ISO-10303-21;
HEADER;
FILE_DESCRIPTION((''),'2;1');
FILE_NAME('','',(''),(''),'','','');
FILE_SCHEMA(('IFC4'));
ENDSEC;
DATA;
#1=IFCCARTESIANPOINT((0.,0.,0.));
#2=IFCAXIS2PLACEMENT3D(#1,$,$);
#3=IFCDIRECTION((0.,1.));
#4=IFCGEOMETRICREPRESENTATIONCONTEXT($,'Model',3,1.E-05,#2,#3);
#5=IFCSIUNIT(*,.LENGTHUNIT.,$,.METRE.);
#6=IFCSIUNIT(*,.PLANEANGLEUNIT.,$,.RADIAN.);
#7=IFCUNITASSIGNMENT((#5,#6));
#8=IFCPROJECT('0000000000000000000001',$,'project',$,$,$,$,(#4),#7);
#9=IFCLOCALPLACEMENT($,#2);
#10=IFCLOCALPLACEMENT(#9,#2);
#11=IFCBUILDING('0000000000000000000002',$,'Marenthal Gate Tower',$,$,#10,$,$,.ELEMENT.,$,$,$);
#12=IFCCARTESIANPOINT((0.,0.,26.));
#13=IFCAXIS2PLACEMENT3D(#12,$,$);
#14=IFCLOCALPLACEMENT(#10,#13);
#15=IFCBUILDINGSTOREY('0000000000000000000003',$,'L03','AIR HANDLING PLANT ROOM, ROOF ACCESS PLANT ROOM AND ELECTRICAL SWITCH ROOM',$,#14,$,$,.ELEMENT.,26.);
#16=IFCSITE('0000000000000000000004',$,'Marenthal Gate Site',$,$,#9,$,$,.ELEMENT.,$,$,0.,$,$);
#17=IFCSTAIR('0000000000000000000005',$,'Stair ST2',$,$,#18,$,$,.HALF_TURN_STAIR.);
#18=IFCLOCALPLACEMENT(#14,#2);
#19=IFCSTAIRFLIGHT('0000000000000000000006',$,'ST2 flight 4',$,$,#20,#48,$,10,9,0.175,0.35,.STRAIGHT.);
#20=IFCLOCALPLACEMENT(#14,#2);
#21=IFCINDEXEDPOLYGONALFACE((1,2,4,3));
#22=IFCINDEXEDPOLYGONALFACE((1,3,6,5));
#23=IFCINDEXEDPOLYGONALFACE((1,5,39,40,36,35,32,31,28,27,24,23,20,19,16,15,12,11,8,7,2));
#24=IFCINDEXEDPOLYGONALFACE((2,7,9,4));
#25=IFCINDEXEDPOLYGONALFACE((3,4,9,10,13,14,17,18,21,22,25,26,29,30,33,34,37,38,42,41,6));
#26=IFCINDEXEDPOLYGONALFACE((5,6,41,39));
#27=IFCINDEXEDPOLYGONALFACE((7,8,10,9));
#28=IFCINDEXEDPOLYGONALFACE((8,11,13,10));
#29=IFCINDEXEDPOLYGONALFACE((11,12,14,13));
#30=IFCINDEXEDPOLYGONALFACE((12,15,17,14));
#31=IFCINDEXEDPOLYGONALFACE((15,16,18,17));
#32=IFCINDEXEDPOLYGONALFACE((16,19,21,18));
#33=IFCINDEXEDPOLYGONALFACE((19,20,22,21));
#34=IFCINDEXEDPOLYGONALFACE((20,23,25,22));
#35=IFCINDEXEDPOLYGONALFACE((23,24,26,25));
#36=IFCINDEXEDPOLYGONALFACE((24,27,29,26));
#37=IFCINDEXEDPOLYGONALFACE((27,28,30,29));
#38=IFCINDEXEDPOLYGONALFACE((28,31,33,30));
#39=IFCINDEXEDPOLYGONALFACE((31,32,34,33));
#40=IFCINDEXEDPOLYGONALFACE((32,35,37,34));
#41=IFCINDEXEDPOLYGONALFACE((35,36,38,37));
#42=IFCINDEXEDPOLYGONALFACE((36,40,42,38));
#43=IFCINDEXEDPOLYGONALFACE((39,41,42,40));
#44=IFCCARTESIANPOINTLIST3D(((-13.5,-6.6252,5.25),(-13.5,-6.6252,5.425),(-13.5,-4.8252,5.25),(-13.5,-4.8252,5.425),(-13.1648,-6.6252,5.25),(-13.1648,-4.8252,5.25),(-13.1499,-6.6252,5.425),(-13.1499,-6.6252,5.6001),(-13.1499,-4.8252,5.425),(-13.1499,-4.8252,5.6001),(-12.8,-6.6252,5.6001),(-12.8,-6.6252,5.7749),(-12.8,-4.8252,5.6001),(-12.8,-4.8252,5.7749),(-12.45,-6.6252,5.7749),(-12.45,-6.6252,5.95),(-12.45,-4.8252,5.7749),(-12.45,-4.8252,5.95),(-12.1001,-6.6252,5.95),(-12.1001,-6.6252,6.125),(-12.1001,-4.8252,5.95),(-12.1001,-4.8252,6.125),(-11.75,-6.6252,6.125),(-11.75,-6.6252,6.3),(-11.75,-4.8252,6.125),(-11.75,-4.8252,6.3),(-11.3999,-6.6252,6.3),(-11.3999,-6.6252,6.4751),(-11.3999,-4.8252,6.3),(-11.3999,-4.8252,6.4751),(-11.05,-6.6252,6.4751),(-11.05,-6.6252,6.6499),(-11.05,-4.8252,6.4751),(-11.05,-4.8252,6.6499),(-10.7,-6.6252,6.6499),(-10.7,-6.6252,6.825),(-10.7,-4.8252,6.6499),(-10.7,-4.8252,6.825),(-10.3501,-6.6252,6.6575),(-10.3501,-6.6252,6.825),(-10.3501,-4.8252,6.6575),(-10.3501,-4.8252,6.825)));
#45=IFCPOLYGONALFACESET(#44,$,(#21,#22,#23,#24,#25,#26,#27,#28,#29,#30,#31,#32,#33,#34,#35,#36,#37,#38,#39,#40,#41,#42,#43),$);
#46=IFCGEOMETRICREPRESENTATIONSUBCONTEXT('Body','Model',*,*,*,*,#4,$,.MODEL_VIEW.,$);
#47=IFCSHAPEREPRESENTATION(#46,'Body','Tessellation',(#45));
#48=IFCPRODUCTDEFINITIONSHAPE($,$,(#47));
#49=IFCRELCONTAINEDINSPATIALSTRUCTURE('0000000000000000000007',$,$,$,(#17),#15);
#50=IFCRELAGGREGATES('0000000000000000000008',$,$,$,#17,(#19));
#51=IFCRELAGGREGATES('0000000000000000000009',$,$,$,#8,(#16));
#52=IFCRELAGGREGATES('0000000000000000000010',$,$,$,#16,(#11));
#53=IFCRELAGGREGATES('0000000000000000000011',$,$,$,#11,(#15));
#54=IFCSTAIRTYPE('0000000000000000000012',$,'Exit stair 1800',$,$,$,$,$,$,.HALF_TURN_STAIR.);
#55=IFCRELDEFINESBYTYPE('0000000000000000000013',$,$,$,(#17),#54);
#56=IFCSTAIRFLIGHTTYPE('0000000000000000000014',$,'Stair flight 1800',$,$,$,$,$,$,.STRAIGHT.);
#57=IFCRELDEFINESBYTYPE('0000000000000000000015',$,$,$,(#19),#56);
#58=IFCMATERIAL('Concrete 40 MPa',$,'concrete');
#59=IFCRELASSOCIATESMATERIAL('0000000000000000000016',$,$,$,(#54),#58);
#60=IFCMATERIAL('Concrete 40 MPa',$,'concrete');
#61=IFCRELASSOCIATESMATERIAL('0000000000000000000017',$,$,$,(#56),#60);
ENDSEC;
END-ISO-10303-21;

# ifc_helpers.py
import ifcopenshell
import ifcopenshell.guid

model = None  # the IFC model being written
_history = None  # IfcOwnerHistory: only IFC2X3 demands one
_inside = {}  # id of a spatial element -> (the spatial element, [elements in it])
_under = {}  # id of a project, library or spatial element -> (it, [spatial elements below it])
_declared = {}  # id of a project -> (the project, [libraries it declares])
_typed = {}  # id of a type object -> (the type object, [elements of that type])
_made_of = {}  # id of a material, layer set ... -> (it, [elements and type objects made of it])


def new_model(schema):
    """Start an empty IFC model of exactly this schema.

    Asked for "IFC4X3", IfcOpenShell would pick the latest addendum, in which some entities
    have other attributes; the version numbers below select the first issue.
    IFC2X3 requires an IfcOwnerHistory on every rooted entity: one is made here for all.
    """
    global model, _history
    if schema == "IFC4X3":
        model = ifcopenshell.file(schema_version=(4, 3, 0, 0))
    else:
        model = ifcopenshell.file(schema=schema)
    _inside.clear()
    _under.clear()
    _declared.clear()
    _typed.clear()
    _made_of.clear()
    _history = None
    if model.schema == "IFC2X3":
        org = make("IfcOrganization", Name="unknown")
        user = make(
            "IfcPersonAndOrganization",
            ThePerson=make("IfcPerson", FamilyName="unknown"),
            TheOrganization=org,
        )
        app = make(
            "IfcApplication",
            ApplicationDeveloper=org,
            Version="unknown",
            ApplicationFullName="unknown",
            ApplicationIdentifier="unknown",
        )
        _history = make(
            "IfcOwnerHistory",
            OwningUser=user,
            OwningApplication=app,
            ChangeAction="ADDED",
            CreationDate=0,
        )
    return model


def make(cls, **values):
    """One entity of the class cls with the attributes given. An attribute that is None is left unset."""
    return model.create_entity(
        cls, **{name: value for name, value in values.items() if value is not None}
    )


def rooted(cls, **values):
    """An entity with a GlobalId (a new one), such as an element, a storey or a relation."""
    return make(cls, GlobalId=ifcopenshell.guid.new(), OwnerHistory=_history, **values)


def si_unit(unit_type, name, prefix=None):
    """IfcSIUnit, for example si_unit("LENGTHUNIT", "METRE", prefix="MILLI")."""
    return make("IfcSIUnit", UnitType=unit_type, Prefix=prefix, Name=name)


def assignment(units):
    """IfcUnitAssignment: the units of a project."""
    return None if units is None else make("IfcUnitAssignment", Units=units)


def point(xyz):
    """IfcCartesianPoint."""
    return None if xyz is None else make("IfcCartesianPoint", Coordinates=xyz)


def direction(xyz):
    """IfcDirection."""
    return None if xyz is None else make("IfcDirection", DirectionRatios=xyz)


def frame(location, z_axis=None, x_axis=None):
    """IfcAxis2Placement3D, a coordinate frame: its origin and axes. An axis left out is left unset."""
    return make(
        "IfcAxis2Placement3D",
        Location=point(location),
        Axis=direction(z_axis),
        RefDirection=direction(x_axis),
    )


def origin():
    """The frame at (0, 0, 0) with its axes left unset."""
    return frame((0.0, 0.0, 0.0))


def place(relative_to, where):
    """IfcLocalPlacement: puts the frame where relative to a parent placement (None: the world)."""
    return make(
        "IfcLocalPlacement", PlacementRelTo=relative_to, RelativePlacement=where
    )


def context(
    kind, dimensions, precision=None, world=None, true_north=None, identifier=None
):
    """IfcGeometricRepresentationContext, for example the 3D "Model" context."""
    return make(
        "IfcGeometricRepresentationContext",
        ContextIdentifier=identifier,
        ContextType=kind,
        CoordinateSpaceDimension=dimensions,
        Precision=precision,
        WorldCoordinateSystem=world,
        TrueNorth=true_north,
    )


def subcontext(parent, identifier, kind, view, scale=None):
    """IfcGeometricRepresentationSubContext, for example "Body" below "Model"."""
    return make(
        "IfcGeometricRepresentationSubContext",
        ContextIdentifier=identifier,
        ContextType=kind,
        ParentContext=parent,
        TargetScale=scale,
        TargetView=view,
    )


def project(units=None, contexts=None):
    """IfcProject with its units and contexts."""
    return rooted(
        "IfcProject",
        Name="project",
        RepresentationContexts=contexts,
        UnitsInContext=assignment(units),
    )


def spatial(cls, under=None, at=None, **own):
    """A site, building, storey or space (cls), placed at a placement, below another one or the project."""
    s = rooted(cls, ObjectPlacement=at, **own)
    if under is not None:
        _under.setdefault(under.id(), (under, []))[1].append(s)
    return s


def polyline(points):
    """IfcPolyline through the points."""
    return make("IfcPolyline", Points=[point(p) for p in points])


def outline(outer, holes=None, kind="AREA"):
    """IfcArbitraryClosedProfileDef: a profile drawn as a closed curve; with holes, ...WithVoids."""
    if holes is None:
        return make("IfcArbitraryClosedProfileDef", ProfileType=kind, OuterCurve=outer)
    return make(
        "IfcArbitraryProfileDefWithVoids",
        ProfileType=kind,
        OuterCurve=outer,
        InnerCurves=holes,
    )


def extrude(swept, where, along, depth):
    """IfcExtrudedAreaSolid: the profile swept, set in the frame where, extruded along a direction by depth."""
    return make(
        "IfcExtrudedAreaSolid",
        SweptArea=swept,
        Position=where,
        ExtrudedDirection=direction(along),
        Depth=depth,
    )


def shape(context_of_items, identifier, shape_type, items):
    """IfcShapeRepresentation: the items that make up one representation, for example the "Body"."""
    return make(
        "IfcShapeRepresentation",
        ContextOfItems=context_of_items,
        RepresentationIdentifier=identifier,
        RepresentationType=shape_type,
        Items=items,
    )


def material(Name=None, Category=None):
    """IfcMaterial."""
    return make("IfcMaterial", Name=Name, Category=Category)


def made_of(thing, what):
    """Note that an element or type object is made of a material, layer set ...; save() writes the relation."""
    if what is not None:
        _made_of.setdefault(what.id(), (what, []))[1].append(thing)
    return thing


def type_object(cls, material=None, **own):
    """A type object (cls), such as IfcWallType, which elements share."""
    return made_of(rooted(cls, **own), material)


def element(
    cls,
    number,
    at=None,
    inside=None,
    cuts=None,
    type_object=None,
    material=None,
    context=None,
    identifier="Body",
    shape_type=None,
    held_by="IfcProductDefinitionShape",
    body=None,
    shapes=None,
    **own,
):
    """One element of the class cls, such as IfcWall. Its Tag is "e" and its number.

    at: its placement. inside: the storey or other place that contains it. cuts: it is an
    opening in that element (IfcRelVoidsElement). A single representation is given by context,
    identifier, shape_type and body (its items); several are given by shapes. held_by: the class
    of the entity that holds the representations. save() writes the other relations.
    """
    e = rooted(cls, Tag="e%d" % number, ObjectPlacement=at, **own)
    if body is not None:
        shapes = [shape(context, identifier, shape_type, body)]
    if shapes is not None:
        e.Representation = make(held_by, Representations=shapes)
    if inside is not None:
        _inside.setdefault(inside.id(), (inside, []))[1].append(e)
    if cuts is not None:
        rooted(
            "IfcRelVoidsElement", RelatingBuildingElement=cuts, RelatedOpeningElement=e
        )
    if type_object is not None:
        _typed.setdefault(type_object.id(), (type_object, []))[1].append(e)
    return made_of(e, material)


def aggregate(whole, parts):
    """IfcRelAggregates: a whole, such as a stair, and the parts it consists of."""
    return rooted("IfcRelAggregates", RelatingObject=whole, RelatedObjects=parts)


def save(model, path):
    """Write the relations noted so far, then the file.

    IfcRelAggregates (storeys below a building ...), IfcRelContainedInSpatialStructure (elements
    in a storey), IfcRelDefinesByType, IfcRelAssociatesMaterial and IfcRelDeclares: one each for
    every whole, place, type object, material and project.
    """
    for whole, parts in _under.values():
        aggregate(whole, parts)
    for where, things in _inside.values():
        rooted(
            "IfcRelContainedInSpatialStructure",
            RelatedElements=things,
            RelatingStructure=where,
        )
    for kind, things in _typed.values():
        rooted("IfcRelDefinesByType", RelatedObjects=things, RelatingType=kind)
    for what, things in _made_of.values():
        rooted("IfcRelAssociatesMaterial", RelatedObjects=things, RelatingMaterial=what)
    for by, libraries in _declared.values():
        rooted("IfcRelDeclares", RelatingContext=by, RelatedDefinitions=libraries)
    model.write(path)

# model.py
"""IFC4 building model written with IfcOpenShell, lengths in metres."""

from ifc_helpers import new_model, si_unit, direction, frame, origin, place, context, subcontext, project, spatial, polyline, outline, extrude, material, type_object, element, aggregate, save


model = new_model("IFC4")

# Units and contexts
model_context = context("Model", 3, precision=1e-05, world=origin(), true_north=direction((0.0, 1.0)))
body_context = subcontext(model_context, "Body", "Model", "MODEL_VIEW")
ifc_project = project(units=[si_unit("LENGTHUNIT", "METRE"), si_unit("PLANEANGLEUNIT", "RADIAN")], contexts=[model_context])

# Site, building, storey
site_placement = place(None, origin())
site = spatial("IfcSite", under=ifc_project, at=site_placement, Name="Marenthal Gate Site", CompositionType="ELEMENT", RefElevation=0.0)
building_placement = place(site_placement, origin())
building = spatial("IfcBuilding", under=site, at=building_placement, Name="Marenthal Gate Tower", CompositionType="ELEMENT")
storey_placement = place(building_placement, frame((0.0, 0.0, 26.0)))
storey = spatial("IfcBuildingStorey", under=building, at=storey_placement, Name="L03", Description="AIR HANDLING PLANT ROOM, ROOF ACCESS PLANT ROOM AND ELECTRICAL SWITCH ROOM", CompositionType="ELEMENT", Elevation=26.0)

# Stair, stair flight
ifc_material_1 = material(Name="Concrete 40 MPa", Category="concrete")
stair_type = type_object("IfcStairType", Name="Exit stair 1800", PredefinedType="HALF_TURN_STAIR", material=ifc_material_1)
stair_placement = place(storey_placement, origin())
stair = element("IfcStair", 1, at=stair_placement, inside=storey, type_object=stair_type, Name="Stair ST2", PredefinedType="HALF_TURN_STAIR")
ifc_material_2 = material(Name="Concrete 40 MPa", Category="concrete")
stair_flight_type = type_object("IfcStairFlightType", Name="Stair flight 1800", PredefinedType="STRAIGHT", material=ifc_material_2)
stair_flight_1_placement = place(storey_placement, frame((-13.5, -5.7251, 5.25), z_axis=(0.0, 0.0, 1.0), x_axis=(1.0, 0.0, 0.0)))
stair_flight_1 = element("IfcStairFlight", 2, at=stair_flight_1_placement, type_object=stair_flight_type, Name="ST2 flight 4", NumberOfRisers=10, NumberOfTreads=9, PredefinedType="STRAIGHT", RiserHeight=0.175, TreadLength=0.35, context=body_context, shape_type="SweptSolid", body=[
    extrude(outline(polyline([(0.0, 0.0), (0.0, 0.175), (0.3501, 0.175), (0.3501, 0.3501), (0.7, 0.3501), (0.7, 0.5249), (1.05, 0.5249), (1.05, 0.7), (1.3999, 0.7), (1.3999, 0.875), (1.75, 0.875), (1.75, 1.05), (2.1001, 1.05), (2.1001, 1.2251), (2.45, 1.2251), (2.45, 1.3999), (2.8, 1.3999), (2.8, 1.575), (3.1499, 1.575), (3.1499, 1.75), (3.1499, 1.4075), (0.3352, 0.0), (0.0, 0.0)])), frame((0.0, 0.8999, 0.0), z_axis=(0.0, -1.0, 0.0), x_axis=(1.0, 0.0, 0.0)), (0.0, 0.0, 1.0), 1.8),
])
aggregate(stair, [stair_flight_1])

save(model, "model.ifc")
